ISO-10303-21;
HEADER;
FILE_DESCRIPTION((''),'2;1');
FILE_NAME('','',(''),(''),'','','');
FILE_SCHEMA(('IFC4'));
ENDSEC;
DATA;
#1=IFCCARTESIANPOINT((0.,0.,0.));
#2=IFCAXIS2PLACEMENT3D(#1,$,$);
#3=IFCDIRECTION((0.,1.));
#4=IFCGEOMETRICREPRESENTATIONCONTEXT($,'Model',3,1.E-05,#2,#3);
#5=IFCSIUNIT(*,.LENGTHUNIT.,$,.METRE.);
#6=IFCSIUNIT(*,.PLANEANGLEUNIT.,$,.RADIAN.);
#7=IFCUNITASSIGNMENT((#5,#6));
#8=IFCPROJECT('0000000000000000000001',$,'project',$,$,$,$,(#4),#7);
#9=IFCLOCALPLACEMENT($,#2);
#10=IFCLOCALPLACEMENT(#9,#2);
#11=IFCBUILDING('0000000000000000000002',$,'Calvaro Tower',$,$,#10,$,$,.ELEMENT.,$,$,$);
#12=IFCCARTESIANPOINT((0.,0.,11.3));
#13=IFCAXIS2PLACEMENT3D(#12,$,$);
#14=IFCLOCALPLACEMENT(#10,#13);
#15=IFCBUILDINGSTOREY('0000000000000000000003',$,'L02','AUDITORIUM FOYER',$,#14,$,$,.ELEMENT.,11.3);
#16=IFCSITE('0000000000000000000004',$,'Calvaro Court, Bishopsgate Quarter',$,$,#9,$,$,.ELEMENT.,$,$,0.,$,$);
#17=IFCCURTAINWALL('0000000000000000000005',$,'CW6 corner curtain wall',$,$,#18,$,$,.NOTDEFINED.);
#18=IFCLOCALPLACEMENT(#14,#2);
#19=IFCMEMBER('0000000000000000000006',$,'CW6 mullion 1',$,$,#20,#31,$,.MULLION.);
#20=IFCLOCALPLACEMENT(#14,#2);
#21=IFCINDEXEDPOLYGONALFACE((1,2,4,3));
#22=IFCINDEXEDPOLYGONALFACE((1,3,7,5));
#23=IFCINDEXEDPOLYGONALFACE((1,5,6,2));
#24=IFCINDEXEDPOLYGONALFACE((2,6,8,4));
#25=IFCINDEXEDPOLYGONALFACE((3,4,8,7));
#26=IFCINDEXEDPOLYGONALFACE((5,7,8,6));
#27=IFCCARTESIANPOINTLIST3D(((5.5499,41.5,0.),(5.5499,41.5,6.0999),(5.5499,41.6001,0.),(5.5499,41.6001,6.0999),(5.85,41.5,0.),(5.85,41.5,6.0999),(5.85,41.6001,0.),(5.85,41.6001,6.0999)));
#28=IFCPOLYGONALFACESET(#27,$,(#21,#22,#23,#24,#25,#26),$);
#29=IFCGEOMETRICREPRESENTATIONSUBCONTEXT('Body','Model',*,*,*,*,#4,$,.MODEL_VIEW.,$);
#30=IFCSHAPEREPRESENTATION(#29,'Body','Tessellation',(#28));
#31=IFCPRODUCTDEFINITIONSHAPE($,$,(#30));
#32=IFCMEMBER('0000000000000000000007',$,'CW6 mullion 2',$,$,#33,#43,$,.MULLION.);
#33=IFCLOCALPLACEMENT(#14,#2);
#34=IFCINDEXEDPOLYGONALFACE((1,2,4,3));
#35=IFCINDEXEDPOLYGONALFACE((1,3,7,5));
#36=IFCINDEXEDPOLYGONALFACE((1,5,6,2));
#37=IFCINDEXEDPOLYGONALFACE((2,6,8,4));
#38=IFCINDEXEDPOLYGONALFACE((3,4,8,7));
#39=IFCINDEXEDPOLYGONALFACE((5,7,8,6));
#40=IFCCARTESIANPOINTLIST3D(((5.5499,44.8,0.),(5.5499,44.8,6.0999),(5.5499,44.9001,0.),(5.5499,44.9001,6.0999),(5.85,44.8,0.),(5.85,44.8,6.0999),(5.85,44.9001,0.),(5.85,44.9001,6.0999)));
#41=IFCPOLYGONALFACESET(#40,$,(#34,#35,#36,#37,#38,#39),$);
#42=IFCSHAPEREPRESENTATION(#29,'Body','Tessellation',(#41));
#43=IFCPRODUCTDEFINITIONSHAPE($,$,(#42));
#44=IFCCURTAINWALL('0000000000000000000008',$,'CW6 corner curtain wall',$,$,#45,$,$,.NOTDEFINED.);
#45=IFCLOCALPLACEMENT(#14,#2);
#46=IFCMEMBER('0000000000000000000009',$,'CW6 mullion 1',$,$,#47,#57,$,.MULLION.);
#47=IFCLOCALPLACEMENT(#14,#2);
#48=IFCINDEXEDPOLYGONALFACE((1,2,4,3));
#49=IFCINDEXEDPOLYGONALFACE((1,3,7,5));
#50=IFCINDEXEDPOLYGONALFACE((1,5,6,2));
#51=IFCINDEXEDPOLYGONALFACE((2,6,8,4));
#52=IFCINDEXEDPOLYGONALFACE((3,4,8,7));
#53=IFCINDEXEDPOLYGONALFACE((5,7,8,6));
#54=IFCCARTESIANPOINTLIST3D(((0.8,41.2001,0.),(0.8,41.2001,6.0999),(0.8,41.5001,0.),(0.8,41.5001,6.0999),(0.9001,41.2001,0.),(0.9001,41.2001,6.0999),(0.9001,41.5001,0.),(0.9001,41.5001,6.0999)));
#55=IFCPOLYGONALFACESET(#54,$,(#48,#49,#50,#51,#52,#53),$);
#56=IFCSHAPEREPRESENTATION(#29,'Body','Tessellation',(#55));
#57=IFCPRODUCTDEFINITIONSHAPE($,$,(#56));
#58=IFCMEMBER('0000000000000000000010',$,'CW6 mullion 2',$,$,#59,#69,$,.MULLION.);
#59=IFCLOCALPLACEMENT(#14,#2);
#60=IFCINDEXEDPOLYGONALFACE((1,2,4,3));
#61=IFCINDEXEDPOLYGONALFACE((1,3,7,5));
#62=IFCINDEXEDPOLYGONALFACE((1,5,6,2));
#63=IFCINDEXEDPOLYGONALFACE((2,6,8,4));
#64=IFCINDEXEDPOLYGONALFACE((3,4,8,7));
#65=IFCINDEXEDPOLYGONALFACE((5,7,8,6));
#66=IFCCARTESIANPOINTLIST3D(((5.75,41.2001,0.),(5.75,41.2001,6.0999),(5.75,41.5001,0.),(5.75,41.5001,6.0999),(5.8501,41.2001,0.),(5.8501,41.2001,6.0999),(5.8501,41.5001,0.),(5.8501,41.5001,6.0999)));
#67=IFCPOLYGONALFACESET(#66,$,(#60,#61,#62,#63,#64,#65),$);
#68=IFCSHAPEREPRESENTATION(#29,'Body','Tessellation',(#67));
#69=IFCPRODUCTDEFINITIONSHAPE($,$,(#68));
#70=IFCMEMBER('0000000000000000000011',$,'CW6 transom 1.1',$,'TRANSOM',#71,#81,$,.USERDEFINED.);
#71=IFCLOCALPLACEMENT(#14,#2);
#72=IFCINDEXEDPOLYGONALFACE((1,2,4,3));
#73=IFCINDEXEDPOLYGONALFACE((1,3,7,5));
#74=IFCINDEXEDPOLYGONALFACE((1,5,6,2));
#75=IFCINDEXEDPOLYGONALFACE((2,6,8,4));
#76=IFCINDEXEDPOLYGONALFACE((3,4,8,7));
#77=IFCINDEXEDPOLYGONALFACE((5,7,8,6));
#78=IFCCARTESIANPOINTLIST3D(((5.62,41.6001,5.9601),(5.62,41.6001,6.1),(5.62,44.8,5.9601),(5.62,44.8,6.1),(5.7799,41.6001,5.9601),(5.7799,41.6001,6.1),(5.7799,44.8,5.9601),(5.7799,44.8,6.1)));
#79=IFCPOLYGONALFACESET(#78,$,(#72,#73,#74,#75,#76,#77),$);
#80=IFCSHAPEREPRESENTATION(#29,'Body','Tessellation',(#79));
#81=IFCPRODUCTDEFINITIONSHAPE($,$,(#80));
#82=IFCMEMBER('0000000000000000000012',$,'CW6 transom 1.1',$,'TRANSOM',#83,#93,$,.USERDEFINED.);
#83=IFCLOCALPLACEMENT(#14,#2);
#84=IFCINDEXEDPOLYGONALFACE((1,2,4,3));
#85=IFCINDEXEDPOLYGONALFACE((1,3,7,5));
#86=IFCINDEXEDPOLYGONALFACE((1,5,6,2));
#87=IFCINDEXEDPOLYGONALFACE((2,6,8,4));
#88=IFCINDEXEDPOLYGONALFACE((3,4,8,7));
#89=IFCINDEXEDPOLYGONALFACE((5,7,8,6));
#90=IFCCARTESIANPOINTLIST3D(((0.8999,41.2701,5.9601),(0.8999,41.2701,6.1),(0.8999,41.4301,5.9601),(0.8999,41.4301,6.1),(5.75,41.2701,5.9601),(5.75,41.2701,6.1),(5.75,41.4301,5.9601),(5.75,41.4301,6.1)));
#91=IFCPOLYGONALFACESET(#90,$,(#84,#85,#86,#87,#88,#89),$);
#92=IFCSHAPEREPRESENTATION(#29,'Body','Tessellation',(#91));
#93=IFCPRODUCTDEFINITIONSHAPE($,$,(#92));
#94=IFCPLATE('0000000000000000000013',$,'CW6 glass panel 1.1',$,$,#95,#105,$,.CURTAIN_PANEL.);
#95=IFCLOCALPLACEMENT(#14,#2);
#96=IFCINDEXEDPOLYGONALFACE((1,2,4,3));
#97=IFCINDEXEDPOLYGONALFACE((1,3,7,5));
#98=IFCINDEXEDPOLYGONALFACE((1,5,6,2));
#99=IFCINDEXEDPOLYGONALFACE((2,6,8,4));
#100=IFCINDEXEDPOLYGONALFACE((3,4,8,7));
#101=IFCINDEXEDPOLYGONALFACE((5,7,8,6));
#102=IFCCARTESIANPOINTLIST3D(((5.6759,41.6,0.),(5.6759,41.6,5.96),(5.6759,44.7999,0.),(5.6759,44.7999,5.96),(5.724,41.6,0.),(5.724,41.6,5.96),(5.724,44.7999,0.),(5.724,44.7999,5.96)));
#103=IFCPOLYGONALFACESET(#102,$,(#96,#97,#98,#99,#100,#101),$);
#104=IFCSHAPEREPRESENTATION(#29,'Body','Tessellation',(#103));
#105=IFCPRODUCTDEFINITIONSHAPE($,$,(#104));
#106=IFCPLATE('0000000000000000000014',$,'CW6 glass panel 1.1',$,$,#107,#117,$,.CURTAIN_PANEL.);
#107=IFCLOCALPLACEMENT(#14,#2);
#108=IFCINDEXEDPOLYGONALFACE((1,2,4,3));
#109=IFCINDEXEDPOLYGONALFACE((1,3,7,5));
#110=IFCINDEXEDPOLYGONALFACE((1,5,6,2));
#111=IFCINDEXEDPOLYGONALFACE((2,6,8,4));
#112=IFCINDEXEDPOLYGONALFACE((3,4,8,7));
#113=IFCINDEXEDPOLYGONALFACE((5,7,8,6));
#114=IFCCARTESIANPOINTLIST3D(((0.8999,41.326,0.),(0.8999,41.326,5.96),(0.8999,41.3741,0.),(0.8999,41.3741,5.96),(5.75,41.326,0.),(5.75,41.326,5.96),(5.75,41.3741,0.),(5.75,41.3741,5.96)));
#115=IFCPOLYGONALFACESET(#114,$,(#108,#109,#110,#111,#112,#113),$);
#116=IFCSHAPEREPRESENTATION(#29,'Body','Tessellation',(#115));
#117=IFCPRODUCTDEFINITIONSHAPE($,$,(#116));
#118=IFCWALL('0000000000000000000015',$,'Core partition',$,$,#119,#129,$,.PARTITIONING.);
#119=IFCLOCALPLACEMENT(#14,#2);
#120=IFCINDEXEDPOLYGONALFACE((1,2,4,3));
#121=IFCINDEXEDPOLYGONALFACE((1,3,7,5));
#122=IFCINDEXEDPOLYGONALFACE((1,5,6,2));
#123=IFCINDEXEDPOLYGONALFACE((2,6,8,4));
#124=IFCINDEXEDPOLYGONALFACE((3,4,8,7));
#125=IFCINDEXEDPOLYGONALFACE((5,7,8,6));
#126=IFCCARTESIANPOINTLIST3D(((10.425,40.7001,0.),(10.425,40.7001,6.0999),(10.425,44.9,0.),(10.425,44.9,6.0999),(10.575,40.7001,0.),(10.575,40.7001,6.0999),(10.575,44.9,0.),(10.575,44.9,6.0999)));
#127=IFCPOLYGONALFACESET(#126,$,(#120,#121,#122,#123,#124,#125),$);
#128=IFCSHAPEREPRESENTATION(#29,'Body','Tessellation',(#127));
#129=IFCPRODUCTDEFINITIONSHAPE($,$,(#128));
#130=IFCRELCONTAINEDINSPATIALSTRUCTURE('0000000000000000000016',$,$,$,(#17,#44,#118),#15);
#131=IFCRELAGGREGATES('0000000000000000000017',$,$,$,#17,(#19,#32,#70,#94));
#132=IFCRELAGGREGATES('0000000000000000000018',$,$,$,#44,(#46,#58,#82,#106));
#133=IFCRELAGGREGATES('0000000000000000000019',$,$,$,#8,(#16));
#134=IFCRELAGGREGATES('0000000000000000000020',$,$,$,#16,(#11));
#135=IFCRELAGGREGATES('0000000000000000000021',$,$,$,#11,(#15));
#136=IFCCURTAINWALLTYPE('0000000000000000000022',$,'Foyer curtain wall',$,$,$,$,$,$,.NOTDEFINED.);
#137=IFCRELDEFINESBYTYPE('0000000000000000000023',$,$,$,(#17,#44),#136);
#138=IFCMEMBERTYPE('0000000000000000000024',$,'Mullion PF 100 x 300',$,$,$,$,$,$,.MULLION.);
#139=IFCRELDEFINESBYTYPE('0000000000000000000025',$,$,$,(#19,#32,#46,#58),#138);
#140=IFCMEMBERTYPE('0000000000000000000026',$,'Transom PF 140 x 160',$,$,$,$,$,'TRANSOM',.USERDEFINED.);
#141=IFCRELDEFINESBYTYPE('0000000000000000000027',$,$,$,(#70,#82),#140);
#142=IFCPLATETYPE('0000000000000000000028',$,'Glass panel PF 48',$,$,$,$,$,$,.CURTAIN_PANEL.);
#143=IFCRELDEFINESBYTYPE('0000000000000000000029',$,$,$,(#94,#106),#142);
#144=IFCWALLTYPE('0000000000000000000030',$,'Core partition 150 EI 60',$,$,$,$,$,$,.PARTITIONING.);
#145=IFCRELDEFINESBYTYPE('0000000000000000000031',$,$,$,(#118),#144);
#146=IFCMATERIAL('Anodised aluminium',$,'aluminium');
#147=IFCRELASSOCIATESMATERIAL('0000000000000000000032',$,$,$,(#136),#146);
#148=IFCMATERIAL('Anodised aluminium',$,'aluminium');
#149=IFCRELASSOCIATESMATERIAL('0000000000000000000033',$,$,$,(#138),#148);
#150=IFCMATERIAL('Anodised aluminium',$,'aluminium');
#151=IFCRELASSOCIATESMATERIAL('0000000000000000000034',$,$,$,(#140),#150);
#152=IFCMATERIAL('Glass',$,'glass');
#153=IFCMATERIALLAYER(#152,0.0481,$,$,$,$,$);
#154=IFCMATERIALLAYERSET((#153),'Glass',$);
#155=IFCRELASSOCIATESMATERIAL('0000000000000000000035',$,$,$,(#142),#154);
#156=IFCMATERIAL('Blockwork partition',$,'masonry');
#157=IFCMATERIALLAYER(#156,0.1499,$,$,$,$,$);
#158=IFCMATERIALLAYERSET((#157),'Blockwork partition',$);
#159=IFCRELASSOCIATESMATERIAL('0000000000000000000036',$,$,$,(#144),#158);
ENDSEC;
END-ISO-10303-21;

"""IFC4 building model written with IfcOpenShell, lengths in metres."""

from ifc_helpers import new_model, si_unit, direction, frame, frame_2d, origin, origin_2d, place, context, subcontext, project, spatial, rectangle, extrude, material, layer, layer_set, material_profile, profile_set, type_object, element, aggregate, save


model = new_model("IFC4")

# Units and contexts
model_context = context("Model", 3, precision=1e-05, world=origin(), true_north=direction((0.0, 1.0)))
body_context = subcontext(model_context, "Body", "Model", "MODEL_VIEW")
ifc_project = project(units=[si_unit("LENGTHUNIT", "METRE"), si_unit("PLANEANGLEUNIT", "RADIAN")], contexts=[model_context])

# Site, building, storey
site_placement = place(None, origin())
site = spatial("IfcSite", under=ifc_project, at=site_placement, Name="Calvaro Court, Bishopsgate Quarter", CompositionType="ELEMENT", RefElevation=0.0)
building_placement = place(site_placement, origin())
building = spatial("IfcBuilding", under=site, at=building_placement, Name="Calvaro Tower", CompositionType="ELEMENT")
storey_placement = place(building_placement, frame((0.0, 0.0, 11.3)))
storey = spatial("IfcBuildingStorey", under=building, at=storey_placement, Name="L02", Description="AUDITORIUM FOYER", CompositionType="ELEMENT", Elevation=11.3)

# Curtain walls, members
ifc_material_1 = material(Name="Anodised aluminium", Category="aluminium")
curtain_wall_type = type_object("IfcCurtainWallType", Name="Foyer curtain wall", PredefinedType="NOTDEFINED", material=ifc_material_1)
curtain_wall_1_placement = place(storey_placement, origin())
curtain_wall_1 = element("IfcCurtainWall", 1, at=curtain_wall_1_placement, inside=storey, type_object=curtain_wall_type, Name="CW6 corner curtain wall", PredefinedType="NOTDEFINED")
ifc_material_2 = material(Name="Anodised aluminium", Category="aluminium")
ifc_material_profile_1 = material_profile(ifc_material_2, rectangle(XDim=0.3, YDim=0.1001, at=origin_2d()), Name="Mullion PF 100 x 300")
ifc_profile_set_1 = profile_set([ifc_material_profile_1], Name="Anodised aluminium")
member_type_1 = type_object("IfcMemberType", Name="Mullion PF 100 x 300", PredefinedType="MULLION", material=ifc_profile_set_1)
member_1_placement = place(storey_placement, frame((5.7, 41.55, 0.0), z_axis=(0.0, 0.0, 1.0), x_axis=(-1.0, 0.0, 0.0)))
member_1 = element("IfcMember", 2, at=member_1_placement, type_object=member_type_1, Name="CW6 mullion 1", PredefinedType="MULLION", context=body_context, shape_type="SweptSolid", body=[
    extrude(rectangle(XDim=0.3, YDim=0.1001, at=origin_2d()), origin(), (0.0, 0.0, 1.0), 6.0999),
])
member_2_placement = place(storey_placement, frame((5.7, 44.8501, 0.0), z_axis=(0.0, 0.0, 1.0), x_axis=(-1.0, 0.0, 0.0)))
member_2 = element("IfcMember", 3, at=member_2_placement, type_object=member_type_1, Name="CW6 mullion 2", PredefinedType="MULLION", context=body_context, shape_type="SweptSolid", body=[
    extrude(rectangle(XDim=0.3, YDim=0.1001, at=origin_2d()), origin(), (0.0, 0.0, 1.0), 6.0999),
])
curtain_wall_2_placement = place(storey_placement, origin())
curtain_wall_2 = element("IfcCurtainWall", 4, at=curtain_wall_2_placement, inside=storey, type_object=curtain_wall_type, Name="CW6 corner curtain wall", PredefinedType="NOTDEFINED")
member_3_placement = place(storey_placement, frame((0.8501, 41.3501, 0.0), z_axis=(0.0, 0.0, 1.0), x_axis=(0.0, 1.0, 0.0)))
member_3 = element("IfcMember", 5, at=member_3_placement, type_object=member_type_1, Name="CW6 mullion 1", PredefinedType="MULLION", context=body_context, shape_type="SweptSolid", body=[
    extrude(rectangle(XDim=0.3, YDim=0.1001, at=origin_2d()), origin(), (0.0, 0.0, 1.0), 6.0999),
])
member_4_placement = place(storey_placement, frame((5.8, 41.3501, 0.0), z_axis=(0.0, 0.0, 1.0), x_axis=(0.0, 1.0, 0.0)))
member_4 = element("IfcMember", 6, at=member_4_placement, type_object=member_type_1, Name="CW6 mullion 2", PredefinedType="MULLION", context=body_context, shape_type="SweptSolid", body=[
    extrude(rectangle(XDim=0.3, YDim=0.1001, at=origin_2d()), origin(), (0.0, 0.0, 1.0), 6.0999),
])

# Members
ifc_material_3 = material(Name="Anodised aluminium", Category="aluminium")
ifc_material_profile_2 = material_profile(ifc_material_3, rectangle(XDim=0.1599, YDim=0.1399, at=origin_2d()), Name="Transom PF 140 x 160")
ifc_profile_set_2 = profile_set([ifc_material_profile_2], Name="Anodised aluminium")
member_type_2 = type_object("IfcMemberType", Name="Transom PF 140 x 160", ElementType="TRANSOM", PredefinedType="USERDEFINED", material=ifc_profile_set_2)
member_5_placement = place(storey_placement, frame((5.7, 41.6001, 6.03), z_axis=(0.0, 1.0, 0.0), x_axis=(-1.0, 0.0, 0.0)))
member_5 = element("IfcMember", 7, at=member_5_placement, type_object=member_type_2, Name="CW6 transom 1.1", ObjectType="TRANSOM", PredefinedType="USERDEFINED", context=body_context, shape_type="SweptSolid", body=[
    extrude(rectangle(XDim=0.1599, YDim=0.1399, at=origin_2d()), origin(), (0.0, 0.0, 1.0), 3.2),
])
member_6_placement = place(storey_placement, frame((0.8999, 41.3501, 6.03), z_axis=(1.0, 0.0, 0.0), x_axis=(0.0, 1.0, 0.0)))
member_6 = element("IfcMember", 8, at=member_6_placement, type_object=member_type_2, Name="CW6 transom 1.1", ObjectType="TRANSOM", PredefinedType="USERDEFINED", context=body_context, shape_type="SweptSolid", body=[
    extrude(rectangle(XDim=0.1599, YDim=0.1399, at=origin_2d()), origin(), (0.0, 0.0, 1.0), 4.8501),
])

# Plates
ifc_material_4 = material(Name="Glass", Category="glass")
ifc_layer_1 = layer(ifc_material_4, 0.0481)
ifc_layer_set_1 = layer_set([ifc_layer_1], Name="Glass")
plate_type = type_object("IfcPlateType", Name="Glass panel PF 48", PredefinedType="CURTAIN_PANEL", material=ifc_layer_set_1)
plate_1_placement = place(storey_placement, frame((5.7, 43.2, 0.0), z_axis=(0.0, 0.0, 1.0), x_axis=(0.0, 1.0, 0.0)))
plate_1 = element("IfcPlate", 9, at=plate_1_placement, type_object=plate_type, Name="CW6 glass panel 1.1", PredefinedType="CURTAIN_PANEL", context=body_context, shape_type="SweptSolid", body=[
    extrude(rectangle(XDim=3.2, YDim=0.0481, at=origin_2d()), origin(), (0.0, 0.0, 1.0), 5.96),
])
aggregate(curtain_wall_1, [member_1, member_2, member_5, plate_1])
plate_2_placement = place(storey_placement, frame((3.325, 41.3501, 0.0), z_axis=(0.0, 0.0, 1.0), x_axis=(1.0, 0.0, 0.0)))
plate_2 = element("IfcPlate", 10, at=plate_2_placement, type_object=plate_type, Name="CW6 glass panel 1.1", PredefinedType="CURTAIN_PANEL", context=body_context, shape_type="SweptSolid", body=[
    extrude(rectangle(XDim=4.8501, YDim=0.0481, at=origin_2d()), origin(), (0.0, 0.0, 1.0), 5.96),
])
aggregate(curtain_wall_2, [member_3, member_4, member_6, plate_2])

# Wall
ifc_material_5 = material(Name="Blockwork partition", Category="masonry")
ifc_layer_2 = layer(ifc_material_5, 0.1499)
ifc_layer_set_2 = layer_set([ifc_layer_2], Name="Blockwork partition")
wall_type_1 = type_object("IfcWallType", Name="Core partition 150 EI 60", PredefinedType="PARTITIONING", material=ifc_layer_set_2)
wall_1_placement = place(storey_placement, frame((10.5, 40.7, 0.0), z_axis=(0.0, 0.0, 1.0), x_axis=(0.0, 1.0, 0.0)))
element("IfcWall", 11, at=wall_1_placement, inside=storey, type_object=wall_type_1, Name="Core partition", PredefinedType="PARTITIONING", context=body_context, shape_type="SweptSolid", body=[
    extrude(rectangle(XDim=4.2, YDim=0.1499, at=frame_2d((2.1001, 0.0))), origin(), (0.0, 0.0, 1.0), 6.0999),
])

save(model, "model.ifc")
